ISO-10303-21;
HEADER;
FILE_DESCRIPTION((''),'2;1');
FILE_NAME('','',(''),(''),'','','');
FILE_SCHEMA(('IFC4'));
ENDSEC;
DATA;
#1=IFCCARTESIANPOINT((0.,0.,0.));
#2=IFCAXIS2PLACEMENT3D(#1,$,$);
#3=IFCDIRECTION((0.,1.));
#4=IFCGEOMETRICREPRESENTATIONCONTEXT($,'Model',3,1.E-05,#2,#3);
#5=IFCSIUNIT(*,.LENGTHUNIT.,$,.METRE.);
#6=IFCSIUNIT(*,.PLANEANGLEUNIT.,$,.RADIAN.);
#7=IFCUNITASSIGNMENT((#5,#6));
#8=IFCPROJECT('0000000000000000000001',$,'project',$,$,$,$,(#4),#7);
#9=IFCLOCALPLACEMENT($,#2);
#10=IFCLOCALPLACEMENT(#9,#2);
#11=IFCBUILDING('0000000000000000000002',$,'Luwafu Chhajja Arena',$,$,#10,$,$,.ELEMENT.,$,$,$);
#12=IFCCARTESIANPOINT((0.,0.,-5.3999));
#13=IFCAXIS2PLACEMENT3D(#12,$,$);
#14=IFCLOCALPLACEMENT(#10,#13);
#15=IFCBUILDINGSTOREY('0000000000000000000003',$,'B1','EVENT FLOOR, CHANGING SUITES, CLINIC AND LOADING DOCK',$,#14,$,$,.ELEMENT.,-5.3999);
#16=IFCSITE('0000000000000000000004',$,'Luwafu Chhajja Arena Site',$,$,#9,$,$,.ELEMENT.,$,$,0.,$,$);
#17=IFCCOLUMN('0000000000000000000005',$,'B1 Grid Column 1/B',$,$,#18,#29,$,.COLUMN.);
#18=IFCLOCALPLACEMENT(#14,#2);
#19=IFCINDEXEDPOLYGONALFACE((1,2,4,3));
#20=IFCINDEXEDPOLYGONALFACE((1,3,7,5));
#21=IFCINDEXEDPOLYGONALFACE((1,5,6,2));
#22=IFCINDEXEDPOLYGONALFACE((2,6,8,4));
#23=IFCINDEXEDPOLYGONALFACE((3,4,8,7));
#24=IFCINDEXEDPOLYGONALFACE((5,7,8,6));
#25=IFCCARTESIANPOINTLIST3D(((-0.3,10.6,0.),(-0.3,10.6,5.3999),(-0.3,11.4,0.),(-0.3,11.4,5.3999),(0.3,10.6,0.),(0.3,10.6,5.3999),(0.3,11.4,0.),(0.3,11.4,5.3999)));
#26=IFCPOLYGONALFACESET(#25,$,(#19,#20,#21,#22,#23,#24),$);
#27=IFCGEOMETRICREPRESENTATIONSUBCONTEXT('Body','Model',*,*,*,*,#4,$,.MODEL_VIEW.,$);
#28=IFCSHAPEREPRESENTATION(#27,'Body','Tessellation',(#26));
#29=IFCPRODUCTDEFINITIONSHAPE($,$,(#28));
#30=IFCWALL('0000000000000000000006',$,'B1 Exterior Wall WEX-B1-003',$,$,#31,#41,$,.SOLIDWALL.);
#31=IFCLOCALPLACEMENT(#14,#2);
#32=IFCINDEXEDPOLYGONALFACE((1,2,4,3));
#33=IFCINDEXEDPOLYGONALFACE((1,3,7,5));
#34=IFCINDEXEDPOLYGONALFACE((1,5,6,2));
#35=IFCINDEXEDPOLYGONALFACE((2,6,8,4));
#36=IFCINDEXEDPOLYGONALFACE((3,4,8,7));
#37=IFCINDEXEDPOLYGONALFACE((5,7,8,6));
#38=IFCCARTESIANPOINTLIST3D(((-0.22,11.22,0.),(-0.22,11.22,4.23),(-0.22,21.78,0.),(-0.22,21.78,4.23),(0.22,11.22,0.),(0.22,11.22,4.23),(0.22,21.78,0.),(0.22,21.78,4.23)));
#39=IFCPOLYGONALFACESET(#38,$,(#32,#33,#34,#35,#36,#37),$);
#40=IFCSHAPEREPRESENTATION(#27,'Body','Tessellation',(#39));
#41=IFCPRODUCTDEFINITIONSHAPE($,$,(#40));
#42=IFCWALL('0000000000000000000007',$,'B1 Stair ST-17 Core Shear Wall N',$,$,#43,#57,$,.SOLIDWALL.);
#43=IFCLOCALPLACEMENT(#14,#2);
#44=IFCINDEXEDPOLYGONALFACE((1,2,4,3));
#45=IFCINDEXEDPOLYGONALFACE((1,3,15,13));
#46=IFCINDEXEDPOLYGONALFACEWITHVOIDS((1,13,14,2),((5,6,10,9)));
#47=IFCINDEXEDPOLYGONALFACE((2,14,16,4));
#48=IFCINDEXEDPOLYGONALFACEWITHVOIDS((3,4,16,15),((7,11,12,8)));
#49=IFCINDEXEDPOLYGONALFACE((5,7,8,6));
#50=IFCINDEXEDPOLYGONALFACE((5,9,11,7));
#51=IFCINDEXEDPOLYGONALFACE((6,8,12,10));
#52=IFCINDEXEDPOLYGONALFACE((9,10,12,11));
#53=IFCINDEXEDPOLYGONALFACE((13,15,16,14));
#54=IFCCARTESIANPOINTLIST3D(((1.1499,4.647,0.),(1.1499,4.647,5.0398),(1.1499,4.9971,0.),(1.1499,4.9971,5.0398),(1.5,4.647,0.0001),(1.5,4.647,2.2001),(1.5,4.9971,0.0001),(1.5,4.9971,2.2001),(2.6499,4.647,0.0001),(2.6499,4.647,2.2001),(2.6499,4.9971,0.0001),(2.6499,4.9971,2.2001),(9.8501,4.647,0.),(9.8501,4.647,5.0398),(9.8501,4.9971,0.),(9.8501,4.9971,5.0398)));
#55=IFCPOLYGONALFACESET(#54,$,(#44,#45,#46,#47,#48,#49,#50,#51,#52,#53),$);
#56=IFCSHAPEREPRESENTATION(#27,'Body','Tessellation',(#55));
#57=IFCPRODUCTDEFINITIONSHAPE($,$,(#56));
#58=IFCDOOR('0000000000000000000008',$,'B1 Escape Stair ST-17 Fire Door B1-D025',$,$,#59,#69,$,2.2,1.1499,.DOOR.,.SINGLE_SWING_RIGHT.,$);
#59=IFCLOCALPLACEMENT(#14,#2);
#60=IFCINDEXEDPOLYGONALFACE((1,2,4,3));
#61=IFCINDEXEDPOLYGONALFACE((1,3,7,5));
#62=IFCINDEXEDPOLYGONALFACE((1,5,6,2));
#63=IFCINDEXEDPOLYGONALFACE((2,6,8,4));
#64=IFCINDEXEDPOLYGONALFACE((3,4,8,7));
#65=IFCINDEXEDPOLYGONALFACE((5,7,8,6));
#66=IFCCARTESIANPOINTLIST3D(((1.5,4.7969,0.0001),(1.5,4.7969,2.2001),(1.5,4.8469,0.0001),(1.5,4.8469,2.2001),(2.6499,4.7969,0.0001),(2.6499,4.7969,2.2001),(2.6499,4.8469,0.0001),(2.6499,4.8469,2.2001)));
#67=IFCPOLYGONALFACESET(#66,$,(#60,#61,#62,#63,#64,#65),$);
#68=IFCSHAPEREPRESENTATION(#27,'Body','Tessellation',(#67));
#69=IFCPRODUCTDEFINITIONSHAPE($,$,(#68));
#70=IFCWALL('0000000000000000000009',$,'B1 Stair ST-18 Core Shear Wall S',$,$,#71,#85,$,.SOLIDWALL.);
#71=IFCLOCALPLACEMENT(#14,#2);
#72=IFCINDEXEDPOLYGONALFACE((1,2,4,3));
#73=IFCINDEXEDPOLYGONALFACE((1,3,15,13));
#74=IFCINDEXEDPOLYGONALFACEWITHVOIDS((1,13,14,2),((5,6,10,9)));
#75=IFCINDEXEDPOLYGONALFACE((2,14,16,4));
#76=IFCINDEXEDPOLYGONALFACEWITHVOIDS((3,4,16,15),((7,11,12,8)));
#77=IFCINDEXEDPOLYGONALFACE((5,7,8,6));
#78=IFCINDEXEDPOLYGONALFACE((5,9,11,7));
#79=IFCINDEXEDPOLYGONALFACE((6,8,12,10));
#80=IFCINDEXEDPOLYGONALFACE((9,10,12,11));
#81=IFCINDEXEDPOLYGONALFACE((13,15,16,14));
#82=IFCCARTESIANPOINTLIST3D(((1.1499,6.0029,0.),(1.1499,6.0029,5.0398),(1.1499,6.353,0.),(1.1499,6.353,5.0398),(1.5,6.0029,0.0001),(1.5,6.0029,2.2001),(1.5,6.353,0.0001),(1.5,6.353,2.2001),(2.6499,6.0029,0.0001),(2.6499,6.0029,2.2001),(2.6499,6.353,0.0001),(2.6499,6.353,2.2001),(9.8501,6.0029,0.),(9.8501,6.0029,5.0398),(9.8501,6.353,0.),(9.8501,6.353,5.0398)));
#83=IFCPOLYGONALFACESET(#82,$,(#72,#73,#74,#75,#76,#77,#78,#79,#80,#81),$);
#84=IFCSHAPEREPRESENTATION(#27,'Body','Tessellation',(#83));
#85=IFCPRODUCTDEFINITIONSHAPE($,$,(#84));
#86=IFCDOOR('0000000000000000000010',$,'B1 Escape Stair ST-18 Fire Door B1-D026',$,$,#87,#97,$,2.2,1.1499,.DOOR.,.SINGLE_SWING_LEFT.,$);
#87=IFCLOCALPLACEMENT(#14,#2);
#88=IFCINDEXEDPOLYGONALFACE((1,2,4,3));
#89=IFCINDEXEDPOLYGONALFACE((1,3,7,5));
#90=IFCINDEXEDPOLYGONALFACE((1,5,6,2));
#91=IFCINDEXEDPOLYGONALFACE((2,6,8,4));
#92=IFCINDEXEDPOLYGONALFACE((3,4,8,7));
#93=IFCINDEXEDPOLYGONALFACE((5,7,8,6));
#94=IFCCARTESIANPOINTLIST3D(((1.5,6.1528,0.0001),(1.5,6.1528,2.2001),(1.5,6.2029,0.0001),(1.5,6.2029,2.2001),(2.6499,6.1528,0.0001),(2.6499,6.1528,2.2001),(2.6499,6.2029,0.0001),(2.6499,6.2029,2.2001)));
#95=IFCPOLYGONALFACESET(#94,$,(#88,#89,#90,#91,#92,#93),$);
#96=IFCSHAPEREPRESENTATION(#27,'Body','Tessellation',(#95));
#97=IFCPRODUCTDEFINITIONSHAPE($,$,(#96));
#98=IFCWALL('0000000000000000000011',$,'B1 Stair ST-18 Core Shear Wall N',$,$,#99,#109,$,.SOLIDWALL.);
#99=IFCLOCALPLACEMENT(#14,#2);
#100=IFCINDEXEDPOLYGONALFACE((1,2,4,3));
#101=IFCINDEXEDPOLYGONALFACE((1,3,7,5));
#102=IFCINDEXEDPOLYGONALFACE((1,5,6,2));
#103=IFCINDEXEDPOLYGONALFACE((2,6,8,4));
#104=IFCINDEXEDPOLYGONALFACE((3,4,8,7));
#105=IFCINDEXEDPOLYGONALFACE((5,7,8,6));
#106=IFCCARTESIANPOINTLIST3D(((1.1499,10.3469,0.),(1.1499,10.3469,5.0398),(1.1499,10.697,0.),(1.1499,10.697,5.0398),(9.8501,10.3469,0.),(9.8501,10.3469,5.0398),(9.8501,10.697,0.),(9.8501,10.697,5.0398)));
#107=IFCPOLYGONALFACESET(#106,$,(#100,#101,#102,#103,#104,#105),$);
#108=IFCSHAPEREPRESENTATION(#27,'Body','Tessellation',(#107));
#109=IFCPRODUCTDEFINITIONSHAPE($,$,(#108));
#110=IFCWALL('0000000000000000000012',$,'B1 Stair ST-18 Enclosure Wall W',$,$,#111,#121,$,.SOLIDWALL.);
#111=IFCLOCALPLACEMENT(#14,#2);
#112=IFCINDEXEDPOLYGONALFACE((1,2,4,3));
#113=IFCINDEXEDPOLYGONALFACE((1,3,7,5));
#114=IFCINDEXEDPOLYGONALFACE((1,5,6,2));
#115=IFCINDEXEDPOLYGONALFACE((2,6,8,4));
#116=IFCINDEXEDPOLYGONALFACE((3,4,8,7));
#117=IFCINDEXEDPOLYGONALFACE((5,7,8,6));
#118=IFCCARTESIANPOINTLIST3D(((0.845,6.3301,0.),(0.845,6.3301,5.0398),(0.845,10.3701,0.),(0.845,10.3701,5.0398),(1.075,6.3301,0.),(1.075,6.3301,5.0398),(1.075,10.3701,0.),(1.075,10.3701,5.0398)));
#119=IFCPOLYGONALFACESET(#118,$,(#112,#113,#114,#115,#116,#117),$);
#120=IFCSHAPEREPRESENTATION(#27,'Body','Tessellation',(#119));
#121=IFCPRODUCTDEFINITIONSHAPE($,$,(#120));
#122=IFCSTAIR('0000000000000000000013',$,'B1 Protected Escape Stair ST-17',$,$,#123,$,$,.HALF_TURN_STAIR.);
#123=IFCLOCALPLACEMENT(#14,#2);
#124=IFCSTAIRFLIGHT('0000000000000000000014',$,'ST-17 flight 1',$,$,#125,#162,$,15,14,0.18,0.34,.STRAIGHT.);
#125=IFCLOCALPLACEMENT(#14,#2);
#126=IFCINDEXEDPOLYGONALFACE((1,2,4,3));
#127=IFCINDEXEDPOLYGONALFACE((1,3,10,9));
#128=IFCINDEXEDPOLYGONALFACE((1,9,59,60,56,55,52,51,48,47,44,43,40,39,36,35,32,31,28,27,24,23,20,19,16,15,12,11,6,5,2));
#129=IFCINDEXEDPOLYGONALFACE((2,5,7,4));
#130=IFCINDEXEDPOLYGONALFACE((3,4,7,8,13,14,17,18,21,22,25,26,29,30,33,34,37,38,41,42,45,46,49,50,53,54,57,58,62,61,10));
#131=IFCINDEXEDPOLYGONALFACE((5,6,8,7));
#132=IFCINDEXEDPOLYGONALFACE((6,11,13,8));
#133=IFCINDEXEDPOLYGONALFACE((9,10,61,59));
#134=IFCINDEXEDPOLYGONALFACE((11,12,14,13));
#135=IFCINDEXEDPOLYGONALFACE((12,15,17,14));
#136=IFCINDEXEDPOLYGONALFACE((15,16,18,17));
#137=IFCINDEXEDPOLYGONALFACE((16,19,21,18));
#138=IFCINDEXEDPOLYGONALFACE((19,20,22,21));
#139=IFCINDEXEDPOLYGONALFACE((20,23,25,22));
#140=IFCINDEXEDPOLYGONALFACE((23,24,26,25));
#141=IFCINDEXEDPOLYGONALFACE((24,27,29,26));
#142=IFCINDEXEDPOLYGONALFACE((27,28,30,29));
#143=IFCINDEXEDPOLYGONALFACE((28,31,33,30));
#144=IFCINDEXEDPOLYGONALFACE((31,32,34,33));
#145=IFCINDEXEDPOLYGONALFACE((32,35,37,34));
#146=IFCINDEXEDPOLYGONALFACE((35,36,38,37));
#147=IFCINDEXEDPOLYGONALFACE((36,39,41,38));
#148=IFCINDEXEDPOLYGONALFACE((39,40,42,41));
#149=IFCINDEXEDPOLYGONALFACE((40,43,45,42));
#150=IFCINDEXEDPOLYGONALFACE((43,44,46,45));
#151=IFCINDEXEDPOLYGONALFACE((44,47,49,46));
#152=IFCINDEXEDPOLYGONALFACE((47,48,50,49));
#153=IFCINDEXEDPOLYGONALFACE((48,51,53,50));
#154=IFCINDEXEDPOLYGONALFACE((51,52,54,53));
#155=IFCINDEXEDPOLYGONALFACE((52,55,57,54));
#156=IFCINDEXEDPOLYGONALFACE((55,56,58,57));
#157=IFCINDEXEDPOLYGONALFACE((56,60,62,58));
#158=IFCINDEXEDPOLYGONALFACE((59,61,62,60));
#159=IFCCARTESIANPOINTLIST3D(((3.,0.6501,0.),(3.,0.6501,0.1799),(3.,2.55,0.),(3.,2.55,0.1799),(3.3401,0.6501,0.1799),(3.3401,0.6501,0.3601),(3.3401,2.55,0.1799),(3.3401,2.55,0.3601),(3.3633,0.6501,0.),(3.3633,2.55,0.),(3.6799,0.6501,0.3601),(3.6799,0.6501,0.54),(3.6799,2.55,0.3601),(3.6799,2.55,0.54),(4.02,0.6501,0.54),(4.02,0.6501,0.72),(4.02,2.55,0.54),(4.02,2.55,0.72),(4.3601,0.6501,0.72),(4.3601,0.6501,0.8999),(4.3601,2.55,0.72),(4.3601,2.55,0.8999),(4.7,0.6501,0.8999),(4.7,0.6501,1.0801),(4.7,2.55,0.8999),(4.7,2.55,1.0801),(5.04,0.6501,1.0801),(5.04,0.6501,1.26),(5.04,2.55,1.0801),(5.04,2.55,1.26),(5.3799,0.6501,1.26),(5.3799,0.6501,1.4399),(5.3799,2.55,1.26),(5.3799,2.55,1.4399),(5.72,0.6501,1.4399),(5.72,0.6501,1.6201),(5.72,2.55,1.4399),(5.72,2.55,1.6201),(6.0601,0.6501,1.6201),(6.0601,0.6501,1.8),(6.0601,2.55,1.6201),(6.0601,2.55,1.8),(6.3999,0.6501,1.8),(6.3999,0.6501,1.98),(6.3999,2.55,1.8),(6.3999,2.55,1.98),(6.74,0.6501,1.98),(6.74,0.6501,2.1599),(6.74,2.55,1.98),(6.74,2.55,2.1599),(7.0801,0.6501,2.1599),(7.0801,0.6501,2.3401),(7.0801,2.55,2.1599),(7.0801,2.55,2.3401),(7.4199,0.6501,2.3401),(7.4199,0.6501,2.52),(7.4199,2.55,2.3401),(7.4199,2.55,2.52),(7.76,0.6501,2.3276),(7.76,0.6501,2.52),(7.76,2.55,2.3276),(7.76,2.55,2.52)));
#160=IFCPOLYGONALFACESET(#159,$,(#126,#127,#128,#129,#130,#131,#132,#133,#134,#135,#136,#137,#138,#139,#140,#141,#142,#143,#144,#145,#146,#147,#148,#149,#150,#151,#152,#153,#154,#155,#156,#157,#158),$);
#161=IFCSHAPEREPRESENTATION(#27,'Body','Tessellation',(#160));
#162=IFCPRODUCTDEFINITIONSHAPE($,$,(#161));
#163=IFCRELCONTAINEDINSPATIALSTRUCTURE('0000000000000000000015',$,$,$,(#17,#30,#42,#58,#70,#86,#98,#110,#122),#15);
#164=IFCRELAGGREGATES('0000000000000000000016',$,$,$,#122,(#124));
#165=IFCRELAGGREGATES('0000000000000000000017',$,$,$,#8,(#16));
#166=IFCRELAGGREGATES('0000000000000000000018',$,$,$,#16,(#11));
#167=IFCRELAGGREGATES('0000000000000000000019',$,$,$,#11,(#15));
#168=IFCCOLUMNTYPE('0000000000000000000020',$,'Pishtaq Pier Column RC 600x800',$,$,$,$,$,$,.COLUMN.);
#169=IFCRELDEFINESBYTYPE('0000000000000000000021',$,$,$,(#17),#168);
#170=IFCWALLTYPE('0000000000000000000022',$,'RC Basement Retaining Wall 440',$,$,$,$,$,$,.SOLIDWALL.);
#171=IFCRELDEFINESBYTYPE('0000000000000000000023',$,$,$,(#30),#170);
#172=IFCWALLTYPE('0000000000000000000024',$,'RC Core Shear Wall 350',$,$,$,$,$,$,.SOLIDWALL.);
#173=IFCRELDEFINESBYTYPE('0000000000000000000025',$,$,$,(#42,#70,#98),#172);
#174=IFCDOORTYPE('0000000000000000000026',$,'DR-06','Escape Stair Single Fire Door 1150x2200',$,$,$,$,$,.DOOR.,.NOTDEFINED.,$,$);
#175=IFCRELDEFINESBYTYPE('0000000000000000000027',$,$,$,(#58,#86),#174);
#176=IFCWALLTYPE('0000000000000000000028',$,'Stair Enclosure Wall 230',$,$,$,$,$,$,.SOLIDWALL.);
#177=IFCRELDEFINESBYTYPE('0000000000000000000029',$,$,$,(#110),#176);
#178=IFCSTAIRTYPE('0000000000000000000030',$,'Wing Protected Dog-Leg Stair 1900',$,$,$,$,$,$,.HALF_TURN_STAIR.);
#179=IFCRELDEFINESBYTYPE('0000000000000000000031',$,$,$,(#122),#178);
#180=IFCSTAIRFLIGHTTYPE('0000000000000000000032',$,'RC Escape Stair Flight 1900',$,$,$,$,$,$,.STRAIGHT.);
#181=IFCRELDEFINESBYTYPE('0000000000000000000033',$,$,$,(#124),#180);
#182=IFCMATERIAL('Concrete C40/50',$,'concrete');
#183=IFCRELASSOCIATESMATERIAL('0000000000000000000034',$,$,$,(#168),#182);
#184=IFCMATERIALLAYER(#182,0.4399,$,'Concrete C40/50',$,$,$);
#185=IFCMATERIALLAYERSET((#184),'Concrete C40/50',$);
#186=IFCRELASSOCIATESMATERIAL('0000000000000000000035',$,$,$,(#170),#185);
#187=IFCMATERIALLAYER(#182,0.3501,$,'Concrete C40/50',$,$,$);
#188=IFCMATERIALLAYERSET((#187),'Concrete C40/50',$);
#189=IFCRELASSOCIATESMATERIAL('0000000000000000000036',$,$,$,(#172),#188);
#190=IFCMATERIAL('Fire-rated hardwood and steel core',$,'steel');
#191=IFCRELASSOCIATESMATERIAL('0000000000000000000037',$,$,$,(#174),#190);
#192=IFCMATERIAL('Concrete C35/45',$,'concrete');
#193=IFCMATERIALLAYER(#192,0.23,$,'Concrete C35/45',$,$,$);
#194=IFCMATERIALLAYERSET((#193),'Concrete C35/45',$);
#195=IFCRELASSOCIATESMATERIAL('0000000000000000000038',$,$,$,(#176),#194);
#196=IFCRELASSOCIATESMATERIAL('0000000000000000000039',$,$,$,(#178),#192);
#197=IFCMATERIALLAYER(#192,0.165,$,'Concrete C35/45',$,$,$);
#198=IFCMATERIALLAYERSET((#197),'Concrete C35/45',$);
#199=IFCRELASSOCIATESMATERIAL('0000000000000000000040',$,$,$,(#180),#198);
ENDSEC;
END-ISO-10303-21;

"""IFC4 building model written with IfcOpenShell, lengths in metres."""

from ifc_helpers import new_model, si_unit, direction, frame, frame_2d, origin, origin_2d, place, context, subcontext, project, spatial, polyline, rectangle, outline, extrude, material, layer, layer_set, material_profile, profile_set, type_object, element, fill, aggregate, save


model = new_model("IFC4")

# Units and contexts
model_context = context("Model", 3, precision=1e-05, world=origin(), true_north=direction((0.0, 1.0)))
body_context = subcontext(model_context, "Body", "Model", "MODEL_VIEW")
ifc_project = project(units=[si_unit("LENGTHUNIT", "METRE"), si_unit("PLANEANGLEUNIT", "RADIAN")], contexts=[model_context])

# Site, building, storey
site_placement = place(None, origin())
site = spatial("IfcSite", under=ifc_project, at=site_placement, Name="Luwafu Chhajja Arena Site", CompositionType="ELEMENT", RefElevation=0.0)
building_placement = place(site_placement, origin())
building = spatial("IfcBuilding", under=site, at=building_placement, Name="Luwafu Chhajja Arena", CompositionType="ELEMENT")
storey_placement = place(building_placement, frame((0.0, 0.0, -5.3999)))
storey = spatial("IfcBuildingStorey", under=building, at=storey_placement, Name="B1", Description="EVENT FLOOR, CHANGING SUITES, CLINIC AND LOADING DOCK", CompositionType="ELEMENT", Elevation=-5.3999)

# Shared definitions
ifc_material_1 = material(Name="Concrete C35/45", Category="concrete")

# Column
ifc_material_2 = material(Name="Concrete C40/50", Category="concrete")
ifc_material_profile_1 = material_profile(ifc_material_2, rectangle(XDim=0.6001, YDim=0.8, at=origin_2d()), Name="RC 600x800")
ifc_profile_set_1 = profile_set([ifc_material_profile_1], Name="Concrete C40/50")
column_type = type_object("IfcColumnType", Name="Pishtaq Pier Column RC 600x800", PredefinedType="COLUMN", material=ifc_profile_set_1)
column_placement = place(storey_placement, frame((0.0, 11.0, 0.0), z_axis=(0.0, 0.0, 1.0), x_axis=(1.0, 0.0, 0.0)))
element("IfcColumn", 1, at=column_placement, inside=storey, type_object=column_type, Name="B1 Grid Column 1/B", PredefinedType="COLUMN", context=body_context, shape_type="SweptSolid", body=[
    extrude(rectangle(XDim=0.6001, YDim=0.8, at=origin_2d()), origin(), (0.0, 0.0, 1.0), 5.3999),
])

# Wall
ifc_layer_1 = layer(ifc_material_2, 0.4399, Name="Concrete C40/50")
ifc_layer_set_1 = layer_set([ifc_layer_1], Name="Concrete C40/50")
wall_type_1 = type_object("IfcWallType", Name="RC Basement Retaining Wall 440", PredefinedType="SOLIDWALL", material=ifc_layer_set_1)
wall_1_placement = place(storey_placement, frame((0.0, 11.22, 0.0), z_axis=(0.0, 0.0, 1.0), x_axis=(0.0, 1.0, 0.0)))
element("IfcWall", 2, at=wall_1_placement, inside=storey, type_object=wall_type_1, Name="B1 Exterior Wall WEX-B1-003", PredefinedType="SOLIDWALL", context=body_context, shape_type="SweptSolid", body=[
    extrude(rectangle(XDim=10.5601, YDim=0.4399, at=frame_2d((5.28, 0.0))), origin(), (0.0, 0.0, 1.0), 4.23),
])

# Walls, openings, doors
ifc_layer_2 = layer(ifc_material_2, 0.3501, Name="Concrete C40/50")
ifc_layer_set_2 = layer_set([ifc_layer_2], Name="Concrete C40/50")
wall_type_2 = type_object("IfcWallType", Name="RC Core Shear Wall 350", PredefinedType="SOLIDWALL", material=ifc_layer_set_2)
wall_2_placement = place(storey_placement, frame((1.1499, 4.822, 0.0), z_axis=(0.0, 0.0, 1.0), x_axis=(1.0, 0.0, 0.0)))
wall_2 = element("IfcWall", 3, at=wall_2_placement, inside=storey, type_object=wall_type_2, Name="B1 Stair ST-17 Core Shear Wall N", PredefinedType="SOLIDWALL", context=body_context, shape_type="SweptSolid", body=[
    extrude(rectangle(XDim=8.7002, YDim=0.3501, at=frame_2d((4.3501, 0.0))), origin(), (0.0, 0.0, 1.0), 5.0398),
])
opening_1_placement = place(wall_2_placement, frame((0.3501, 0.0, 0.0)))
opening_1 = element("IfcOpeningElement", 4, at=opening_1_placement, cuts=wall_2, PredefinedType="OPENING", context=body_context, shape_type="SweptSolid", body=[
    extrude(rectangle(XDim=1.1499, YDim=2.2, at=frame_2d((0.575, 1.1001))), frame((0.0, 0.1851, 0.0), z_axis=(0.0, -1.0, 0.0), x_axis=(1.0, 0.0, 0.0)), (0.0, 0.0, 1.0), 0.3701),
])
ifc_material_3 = material(Name="Fire-rated hardwood and steel core", Category="steel")
door_type = type_object("IfcDoorType", Name="DR-06", Description="Escape Stair Single Fire Door 1150x2200", OperationType="NOTDEFINED", PredefinedType="DOOR", material=ifc_material_3)
door_1_placement = place(opening_1_placement, origin())
door_1 = element("IfcDoor", 5, at=door_1_placement, inside=storey, type_object=door_type, Name="B1 Escape Stair ST-17 Fire Door B1-D025", OperationType="SINGLE_SWING_RIGHT", OverallHeight=2.2, OverallWidth=1.1499, PredefinedType="DOOR", context=body_context, shape_type="SweptSolid", body=[
    extrude(rectangle(XDim=1.1499, YDim=2.2, at=frame_2d((0.575, 1.1001))), frame((0.0, 0.0249, 0.0), z_axis=(0.0, -1.0, 0.0), x_axis=(1.0, 0.0, 0.0)), (0.0, 0.0, 1.0), 0.05),
])
fill(opening_1, door_1)
wall_3_placement = place(storey_placement, frame((1.1499, 6.178, 0.0), z_axis=(0.0, 0.0, 1.0), x_axis=(1.0, 0.0, 0.0)))
wall_3 = element("IfcWall", 6, at=wall_3_placement, inside=storey, type_object=wall_type_2, Name="B1 Stair ST-18 Core Shear Wall S", PredefinedType="SOLIDWALL", context=body_context, shape_type="SweptSolid", body=[
    extrude(rectangle(XDim=8.7002, YDim=0.3501, at=frame_2d((4.3501, 0.0))), origin(), (0.0, 0.0, 1.0), 5.0398),
])
opening_2_placement = place(wall_3_placement, frame((0.3501, 0.0, 0.0)))
opening_2 = element("IfcOpeningElement", 7, at=opening_2_placement, cuts=wall_3, PredefinedType="OPENING", context=body_context, shape_type="SweptSolid", body=[
    extrude(rectangle(XDim=1.1499, YDim=2.2, at=frame_2d((0.575, 1.1001))), frame((0.0, 0.1851, 0.0), z_axis=(0.0, -1.0, 0.0), x_axis=(1.0, 0.0, 0.0)), (0.0, 0.0, 1.0), 0.3701),
])
door_2_placement = place(opening_2_placement, origin())
door_2 = element("IfcDoor", 8, at=door_2_placement, inside=storey, type_object=door_type, Name="B1 Escape Stair ST-18 Fire Door B1-D026", OperationType="SINGLE_SWING_LEFT", OverallHeight=2.2, OverallWidth=1.1499, PredefinedType="DOOR", context=body_context, shape_type="SweptSolid", body=[
    extrude(rectangle(XDim=1.1499, YDim=2.2, at=frame_2d((0.575, 1.1001))), frame((0.0, 0.0249, 0.0), z_axis=(0.0, -1.0, 0.0), x_axis=(1.0, 0.0, 0.0)), (0.0, 0.0, 1.0), 0.05),
])
fill(opening_2, door_2)

# Walls
wall_4_placement = place(storey_placement, frame((1.1499, 10.522, 0.0), z_axis=(0.0, 0.0, 1.0), x_axis=(1.0, 0.0, 0.0)))
element("IfcWall", 9, at=wall_4_placement, inside=storey, type_object=wall_type_2, Name="B1 Stair ST-18 Core Shear Wall N", PredefinedType="SOLIDWALL", context=body_context, shape_type="SweptSolid", body=[
    extrude(rectangle(XDim=8.7002, YDim=0.3501, at=frame_2d((4.3501, 0.0))), origin(), (0.0, 0.0, 1.0), 5.0398),
])
ifc_layer_3 = layer(ifc_material_1, 0.23, Name="Concrete C35/45")
ifc_layer_set_3 = layer_set([ifc_layer_3], Name="Concrete C35/45")
wall_type_3 = type_object("IfcWallType", Name="Stair Enclosure Wall 230", PredefinedType="SOLIDWALL", material=ifc_layer_set_3)
wall_5_placement = place(storey_placement, frame((0.96, 6.3301, 0.0), z_axis=(0.0, 0.0, 1.0), x_axis=(0.0, 1.0, 0.0)))
element("IfcWall", 10, at=wall_5_placement, inside=storey, type_object=wall_type_3, Name="B1 Stair ST-18 Enclosure Wall W", PredefinedType="SOLIDWALL", context=body_context, shape_type="SweptSolid", body=[
    extrude(rectangle(XDim=4.04, YDim=0.23, at=frame_2d((2.02, 0.0))), origin(), (0.0, 0.0, 1.0), 5.0398),
])

# Stair, stair flight
stair_type = type_object("IfcStairType", Name="Wing Protected Dog-Leg Stair 1900", PredefinedType="HALF_TURN_STAIR", material=ifc_material_1)
stair_1_placement = place(storey_placement, origin())
stair_1 = element("IfcStair", 11, at=stair_1_placement, inside=storey, type_object=stair_type, Name="B1 Protected Escape Stair ST-17", PredefinedType="HALF_TURN_STAIR")
ifc_layer_4 = layer(ifc_material_1, 0.165, Name="Concrete C35/45")
ifc_layer_set_4 = layer_set([ifc_layer_4], Name="Concrete C35/45")
stair_flight_type = type_object("IfcStairFlightType", Name="RC Escape Stair Flight 1900", PredefinedType="STRAIGHT", material=ifc_layer_set_4)
stair_flight_1_placement = place(storey_placement, frame((3.0, 1.6001, 0.0), z_axis=(0.0, 0.0, 1.0), x_axis=(1.0, 0.0, 0.0)))
stair_flight_1 = element("IfcStairFlight", 12, at=stair_flight_1_placement, type_object=stair_flight_type, Name="ST-17 flight 1", NumberOfRisers=15, NumberOfTreads=14, PredefinedType="STRAIGHT", RiserHeight=0.18, TreadLength=0.34, context=body_context, shape_type="SweptSolid", body=[
    extrude(outline(polyline([(0.0, 0.0), (0.0, 0.1799), (0.3401, 0.1799), (0.3401, 0.3601), (0.6799, 0.3601), (0.6799, 0.54), (1.02, 0.54), (1.02, 0.72), (1.3601, 0.72), (1.3601, 0.8999), (1.7, 0.8999), (1.7, 1.0801), (2.04, 1.0801), (2.04, 1.26), (2.3799, 1.26), (2.3799, 1.4399), (2.72, 1.4399), (2.72, 1.6201), (3.0601, 1.6201), (3.0601, 1.8), (3.3999, 1.8), (3.3999, 1.98), (3.74, 1.98), (3.74, 2.1599), (4.0801, 2.1599), (4.0801, 2.3401), (4.4199, 2.3401), (4.4199, 2.52), (4.76, 2.52), (4.76, 2.7), (4.76, 2.3276), (0.3633, 0.0), (0.0, 0.0)])), frame((0.0, 0.95, 0.0), z_axis=(0.0, -1.0, 0.0), x_axis=(1.0, 0.0, 0.0)), (0.0, 0.0, 1.0), 1.8999),
])
aggregate(stair_1, [stair_flight_1])

save(model, "model.ifc")
